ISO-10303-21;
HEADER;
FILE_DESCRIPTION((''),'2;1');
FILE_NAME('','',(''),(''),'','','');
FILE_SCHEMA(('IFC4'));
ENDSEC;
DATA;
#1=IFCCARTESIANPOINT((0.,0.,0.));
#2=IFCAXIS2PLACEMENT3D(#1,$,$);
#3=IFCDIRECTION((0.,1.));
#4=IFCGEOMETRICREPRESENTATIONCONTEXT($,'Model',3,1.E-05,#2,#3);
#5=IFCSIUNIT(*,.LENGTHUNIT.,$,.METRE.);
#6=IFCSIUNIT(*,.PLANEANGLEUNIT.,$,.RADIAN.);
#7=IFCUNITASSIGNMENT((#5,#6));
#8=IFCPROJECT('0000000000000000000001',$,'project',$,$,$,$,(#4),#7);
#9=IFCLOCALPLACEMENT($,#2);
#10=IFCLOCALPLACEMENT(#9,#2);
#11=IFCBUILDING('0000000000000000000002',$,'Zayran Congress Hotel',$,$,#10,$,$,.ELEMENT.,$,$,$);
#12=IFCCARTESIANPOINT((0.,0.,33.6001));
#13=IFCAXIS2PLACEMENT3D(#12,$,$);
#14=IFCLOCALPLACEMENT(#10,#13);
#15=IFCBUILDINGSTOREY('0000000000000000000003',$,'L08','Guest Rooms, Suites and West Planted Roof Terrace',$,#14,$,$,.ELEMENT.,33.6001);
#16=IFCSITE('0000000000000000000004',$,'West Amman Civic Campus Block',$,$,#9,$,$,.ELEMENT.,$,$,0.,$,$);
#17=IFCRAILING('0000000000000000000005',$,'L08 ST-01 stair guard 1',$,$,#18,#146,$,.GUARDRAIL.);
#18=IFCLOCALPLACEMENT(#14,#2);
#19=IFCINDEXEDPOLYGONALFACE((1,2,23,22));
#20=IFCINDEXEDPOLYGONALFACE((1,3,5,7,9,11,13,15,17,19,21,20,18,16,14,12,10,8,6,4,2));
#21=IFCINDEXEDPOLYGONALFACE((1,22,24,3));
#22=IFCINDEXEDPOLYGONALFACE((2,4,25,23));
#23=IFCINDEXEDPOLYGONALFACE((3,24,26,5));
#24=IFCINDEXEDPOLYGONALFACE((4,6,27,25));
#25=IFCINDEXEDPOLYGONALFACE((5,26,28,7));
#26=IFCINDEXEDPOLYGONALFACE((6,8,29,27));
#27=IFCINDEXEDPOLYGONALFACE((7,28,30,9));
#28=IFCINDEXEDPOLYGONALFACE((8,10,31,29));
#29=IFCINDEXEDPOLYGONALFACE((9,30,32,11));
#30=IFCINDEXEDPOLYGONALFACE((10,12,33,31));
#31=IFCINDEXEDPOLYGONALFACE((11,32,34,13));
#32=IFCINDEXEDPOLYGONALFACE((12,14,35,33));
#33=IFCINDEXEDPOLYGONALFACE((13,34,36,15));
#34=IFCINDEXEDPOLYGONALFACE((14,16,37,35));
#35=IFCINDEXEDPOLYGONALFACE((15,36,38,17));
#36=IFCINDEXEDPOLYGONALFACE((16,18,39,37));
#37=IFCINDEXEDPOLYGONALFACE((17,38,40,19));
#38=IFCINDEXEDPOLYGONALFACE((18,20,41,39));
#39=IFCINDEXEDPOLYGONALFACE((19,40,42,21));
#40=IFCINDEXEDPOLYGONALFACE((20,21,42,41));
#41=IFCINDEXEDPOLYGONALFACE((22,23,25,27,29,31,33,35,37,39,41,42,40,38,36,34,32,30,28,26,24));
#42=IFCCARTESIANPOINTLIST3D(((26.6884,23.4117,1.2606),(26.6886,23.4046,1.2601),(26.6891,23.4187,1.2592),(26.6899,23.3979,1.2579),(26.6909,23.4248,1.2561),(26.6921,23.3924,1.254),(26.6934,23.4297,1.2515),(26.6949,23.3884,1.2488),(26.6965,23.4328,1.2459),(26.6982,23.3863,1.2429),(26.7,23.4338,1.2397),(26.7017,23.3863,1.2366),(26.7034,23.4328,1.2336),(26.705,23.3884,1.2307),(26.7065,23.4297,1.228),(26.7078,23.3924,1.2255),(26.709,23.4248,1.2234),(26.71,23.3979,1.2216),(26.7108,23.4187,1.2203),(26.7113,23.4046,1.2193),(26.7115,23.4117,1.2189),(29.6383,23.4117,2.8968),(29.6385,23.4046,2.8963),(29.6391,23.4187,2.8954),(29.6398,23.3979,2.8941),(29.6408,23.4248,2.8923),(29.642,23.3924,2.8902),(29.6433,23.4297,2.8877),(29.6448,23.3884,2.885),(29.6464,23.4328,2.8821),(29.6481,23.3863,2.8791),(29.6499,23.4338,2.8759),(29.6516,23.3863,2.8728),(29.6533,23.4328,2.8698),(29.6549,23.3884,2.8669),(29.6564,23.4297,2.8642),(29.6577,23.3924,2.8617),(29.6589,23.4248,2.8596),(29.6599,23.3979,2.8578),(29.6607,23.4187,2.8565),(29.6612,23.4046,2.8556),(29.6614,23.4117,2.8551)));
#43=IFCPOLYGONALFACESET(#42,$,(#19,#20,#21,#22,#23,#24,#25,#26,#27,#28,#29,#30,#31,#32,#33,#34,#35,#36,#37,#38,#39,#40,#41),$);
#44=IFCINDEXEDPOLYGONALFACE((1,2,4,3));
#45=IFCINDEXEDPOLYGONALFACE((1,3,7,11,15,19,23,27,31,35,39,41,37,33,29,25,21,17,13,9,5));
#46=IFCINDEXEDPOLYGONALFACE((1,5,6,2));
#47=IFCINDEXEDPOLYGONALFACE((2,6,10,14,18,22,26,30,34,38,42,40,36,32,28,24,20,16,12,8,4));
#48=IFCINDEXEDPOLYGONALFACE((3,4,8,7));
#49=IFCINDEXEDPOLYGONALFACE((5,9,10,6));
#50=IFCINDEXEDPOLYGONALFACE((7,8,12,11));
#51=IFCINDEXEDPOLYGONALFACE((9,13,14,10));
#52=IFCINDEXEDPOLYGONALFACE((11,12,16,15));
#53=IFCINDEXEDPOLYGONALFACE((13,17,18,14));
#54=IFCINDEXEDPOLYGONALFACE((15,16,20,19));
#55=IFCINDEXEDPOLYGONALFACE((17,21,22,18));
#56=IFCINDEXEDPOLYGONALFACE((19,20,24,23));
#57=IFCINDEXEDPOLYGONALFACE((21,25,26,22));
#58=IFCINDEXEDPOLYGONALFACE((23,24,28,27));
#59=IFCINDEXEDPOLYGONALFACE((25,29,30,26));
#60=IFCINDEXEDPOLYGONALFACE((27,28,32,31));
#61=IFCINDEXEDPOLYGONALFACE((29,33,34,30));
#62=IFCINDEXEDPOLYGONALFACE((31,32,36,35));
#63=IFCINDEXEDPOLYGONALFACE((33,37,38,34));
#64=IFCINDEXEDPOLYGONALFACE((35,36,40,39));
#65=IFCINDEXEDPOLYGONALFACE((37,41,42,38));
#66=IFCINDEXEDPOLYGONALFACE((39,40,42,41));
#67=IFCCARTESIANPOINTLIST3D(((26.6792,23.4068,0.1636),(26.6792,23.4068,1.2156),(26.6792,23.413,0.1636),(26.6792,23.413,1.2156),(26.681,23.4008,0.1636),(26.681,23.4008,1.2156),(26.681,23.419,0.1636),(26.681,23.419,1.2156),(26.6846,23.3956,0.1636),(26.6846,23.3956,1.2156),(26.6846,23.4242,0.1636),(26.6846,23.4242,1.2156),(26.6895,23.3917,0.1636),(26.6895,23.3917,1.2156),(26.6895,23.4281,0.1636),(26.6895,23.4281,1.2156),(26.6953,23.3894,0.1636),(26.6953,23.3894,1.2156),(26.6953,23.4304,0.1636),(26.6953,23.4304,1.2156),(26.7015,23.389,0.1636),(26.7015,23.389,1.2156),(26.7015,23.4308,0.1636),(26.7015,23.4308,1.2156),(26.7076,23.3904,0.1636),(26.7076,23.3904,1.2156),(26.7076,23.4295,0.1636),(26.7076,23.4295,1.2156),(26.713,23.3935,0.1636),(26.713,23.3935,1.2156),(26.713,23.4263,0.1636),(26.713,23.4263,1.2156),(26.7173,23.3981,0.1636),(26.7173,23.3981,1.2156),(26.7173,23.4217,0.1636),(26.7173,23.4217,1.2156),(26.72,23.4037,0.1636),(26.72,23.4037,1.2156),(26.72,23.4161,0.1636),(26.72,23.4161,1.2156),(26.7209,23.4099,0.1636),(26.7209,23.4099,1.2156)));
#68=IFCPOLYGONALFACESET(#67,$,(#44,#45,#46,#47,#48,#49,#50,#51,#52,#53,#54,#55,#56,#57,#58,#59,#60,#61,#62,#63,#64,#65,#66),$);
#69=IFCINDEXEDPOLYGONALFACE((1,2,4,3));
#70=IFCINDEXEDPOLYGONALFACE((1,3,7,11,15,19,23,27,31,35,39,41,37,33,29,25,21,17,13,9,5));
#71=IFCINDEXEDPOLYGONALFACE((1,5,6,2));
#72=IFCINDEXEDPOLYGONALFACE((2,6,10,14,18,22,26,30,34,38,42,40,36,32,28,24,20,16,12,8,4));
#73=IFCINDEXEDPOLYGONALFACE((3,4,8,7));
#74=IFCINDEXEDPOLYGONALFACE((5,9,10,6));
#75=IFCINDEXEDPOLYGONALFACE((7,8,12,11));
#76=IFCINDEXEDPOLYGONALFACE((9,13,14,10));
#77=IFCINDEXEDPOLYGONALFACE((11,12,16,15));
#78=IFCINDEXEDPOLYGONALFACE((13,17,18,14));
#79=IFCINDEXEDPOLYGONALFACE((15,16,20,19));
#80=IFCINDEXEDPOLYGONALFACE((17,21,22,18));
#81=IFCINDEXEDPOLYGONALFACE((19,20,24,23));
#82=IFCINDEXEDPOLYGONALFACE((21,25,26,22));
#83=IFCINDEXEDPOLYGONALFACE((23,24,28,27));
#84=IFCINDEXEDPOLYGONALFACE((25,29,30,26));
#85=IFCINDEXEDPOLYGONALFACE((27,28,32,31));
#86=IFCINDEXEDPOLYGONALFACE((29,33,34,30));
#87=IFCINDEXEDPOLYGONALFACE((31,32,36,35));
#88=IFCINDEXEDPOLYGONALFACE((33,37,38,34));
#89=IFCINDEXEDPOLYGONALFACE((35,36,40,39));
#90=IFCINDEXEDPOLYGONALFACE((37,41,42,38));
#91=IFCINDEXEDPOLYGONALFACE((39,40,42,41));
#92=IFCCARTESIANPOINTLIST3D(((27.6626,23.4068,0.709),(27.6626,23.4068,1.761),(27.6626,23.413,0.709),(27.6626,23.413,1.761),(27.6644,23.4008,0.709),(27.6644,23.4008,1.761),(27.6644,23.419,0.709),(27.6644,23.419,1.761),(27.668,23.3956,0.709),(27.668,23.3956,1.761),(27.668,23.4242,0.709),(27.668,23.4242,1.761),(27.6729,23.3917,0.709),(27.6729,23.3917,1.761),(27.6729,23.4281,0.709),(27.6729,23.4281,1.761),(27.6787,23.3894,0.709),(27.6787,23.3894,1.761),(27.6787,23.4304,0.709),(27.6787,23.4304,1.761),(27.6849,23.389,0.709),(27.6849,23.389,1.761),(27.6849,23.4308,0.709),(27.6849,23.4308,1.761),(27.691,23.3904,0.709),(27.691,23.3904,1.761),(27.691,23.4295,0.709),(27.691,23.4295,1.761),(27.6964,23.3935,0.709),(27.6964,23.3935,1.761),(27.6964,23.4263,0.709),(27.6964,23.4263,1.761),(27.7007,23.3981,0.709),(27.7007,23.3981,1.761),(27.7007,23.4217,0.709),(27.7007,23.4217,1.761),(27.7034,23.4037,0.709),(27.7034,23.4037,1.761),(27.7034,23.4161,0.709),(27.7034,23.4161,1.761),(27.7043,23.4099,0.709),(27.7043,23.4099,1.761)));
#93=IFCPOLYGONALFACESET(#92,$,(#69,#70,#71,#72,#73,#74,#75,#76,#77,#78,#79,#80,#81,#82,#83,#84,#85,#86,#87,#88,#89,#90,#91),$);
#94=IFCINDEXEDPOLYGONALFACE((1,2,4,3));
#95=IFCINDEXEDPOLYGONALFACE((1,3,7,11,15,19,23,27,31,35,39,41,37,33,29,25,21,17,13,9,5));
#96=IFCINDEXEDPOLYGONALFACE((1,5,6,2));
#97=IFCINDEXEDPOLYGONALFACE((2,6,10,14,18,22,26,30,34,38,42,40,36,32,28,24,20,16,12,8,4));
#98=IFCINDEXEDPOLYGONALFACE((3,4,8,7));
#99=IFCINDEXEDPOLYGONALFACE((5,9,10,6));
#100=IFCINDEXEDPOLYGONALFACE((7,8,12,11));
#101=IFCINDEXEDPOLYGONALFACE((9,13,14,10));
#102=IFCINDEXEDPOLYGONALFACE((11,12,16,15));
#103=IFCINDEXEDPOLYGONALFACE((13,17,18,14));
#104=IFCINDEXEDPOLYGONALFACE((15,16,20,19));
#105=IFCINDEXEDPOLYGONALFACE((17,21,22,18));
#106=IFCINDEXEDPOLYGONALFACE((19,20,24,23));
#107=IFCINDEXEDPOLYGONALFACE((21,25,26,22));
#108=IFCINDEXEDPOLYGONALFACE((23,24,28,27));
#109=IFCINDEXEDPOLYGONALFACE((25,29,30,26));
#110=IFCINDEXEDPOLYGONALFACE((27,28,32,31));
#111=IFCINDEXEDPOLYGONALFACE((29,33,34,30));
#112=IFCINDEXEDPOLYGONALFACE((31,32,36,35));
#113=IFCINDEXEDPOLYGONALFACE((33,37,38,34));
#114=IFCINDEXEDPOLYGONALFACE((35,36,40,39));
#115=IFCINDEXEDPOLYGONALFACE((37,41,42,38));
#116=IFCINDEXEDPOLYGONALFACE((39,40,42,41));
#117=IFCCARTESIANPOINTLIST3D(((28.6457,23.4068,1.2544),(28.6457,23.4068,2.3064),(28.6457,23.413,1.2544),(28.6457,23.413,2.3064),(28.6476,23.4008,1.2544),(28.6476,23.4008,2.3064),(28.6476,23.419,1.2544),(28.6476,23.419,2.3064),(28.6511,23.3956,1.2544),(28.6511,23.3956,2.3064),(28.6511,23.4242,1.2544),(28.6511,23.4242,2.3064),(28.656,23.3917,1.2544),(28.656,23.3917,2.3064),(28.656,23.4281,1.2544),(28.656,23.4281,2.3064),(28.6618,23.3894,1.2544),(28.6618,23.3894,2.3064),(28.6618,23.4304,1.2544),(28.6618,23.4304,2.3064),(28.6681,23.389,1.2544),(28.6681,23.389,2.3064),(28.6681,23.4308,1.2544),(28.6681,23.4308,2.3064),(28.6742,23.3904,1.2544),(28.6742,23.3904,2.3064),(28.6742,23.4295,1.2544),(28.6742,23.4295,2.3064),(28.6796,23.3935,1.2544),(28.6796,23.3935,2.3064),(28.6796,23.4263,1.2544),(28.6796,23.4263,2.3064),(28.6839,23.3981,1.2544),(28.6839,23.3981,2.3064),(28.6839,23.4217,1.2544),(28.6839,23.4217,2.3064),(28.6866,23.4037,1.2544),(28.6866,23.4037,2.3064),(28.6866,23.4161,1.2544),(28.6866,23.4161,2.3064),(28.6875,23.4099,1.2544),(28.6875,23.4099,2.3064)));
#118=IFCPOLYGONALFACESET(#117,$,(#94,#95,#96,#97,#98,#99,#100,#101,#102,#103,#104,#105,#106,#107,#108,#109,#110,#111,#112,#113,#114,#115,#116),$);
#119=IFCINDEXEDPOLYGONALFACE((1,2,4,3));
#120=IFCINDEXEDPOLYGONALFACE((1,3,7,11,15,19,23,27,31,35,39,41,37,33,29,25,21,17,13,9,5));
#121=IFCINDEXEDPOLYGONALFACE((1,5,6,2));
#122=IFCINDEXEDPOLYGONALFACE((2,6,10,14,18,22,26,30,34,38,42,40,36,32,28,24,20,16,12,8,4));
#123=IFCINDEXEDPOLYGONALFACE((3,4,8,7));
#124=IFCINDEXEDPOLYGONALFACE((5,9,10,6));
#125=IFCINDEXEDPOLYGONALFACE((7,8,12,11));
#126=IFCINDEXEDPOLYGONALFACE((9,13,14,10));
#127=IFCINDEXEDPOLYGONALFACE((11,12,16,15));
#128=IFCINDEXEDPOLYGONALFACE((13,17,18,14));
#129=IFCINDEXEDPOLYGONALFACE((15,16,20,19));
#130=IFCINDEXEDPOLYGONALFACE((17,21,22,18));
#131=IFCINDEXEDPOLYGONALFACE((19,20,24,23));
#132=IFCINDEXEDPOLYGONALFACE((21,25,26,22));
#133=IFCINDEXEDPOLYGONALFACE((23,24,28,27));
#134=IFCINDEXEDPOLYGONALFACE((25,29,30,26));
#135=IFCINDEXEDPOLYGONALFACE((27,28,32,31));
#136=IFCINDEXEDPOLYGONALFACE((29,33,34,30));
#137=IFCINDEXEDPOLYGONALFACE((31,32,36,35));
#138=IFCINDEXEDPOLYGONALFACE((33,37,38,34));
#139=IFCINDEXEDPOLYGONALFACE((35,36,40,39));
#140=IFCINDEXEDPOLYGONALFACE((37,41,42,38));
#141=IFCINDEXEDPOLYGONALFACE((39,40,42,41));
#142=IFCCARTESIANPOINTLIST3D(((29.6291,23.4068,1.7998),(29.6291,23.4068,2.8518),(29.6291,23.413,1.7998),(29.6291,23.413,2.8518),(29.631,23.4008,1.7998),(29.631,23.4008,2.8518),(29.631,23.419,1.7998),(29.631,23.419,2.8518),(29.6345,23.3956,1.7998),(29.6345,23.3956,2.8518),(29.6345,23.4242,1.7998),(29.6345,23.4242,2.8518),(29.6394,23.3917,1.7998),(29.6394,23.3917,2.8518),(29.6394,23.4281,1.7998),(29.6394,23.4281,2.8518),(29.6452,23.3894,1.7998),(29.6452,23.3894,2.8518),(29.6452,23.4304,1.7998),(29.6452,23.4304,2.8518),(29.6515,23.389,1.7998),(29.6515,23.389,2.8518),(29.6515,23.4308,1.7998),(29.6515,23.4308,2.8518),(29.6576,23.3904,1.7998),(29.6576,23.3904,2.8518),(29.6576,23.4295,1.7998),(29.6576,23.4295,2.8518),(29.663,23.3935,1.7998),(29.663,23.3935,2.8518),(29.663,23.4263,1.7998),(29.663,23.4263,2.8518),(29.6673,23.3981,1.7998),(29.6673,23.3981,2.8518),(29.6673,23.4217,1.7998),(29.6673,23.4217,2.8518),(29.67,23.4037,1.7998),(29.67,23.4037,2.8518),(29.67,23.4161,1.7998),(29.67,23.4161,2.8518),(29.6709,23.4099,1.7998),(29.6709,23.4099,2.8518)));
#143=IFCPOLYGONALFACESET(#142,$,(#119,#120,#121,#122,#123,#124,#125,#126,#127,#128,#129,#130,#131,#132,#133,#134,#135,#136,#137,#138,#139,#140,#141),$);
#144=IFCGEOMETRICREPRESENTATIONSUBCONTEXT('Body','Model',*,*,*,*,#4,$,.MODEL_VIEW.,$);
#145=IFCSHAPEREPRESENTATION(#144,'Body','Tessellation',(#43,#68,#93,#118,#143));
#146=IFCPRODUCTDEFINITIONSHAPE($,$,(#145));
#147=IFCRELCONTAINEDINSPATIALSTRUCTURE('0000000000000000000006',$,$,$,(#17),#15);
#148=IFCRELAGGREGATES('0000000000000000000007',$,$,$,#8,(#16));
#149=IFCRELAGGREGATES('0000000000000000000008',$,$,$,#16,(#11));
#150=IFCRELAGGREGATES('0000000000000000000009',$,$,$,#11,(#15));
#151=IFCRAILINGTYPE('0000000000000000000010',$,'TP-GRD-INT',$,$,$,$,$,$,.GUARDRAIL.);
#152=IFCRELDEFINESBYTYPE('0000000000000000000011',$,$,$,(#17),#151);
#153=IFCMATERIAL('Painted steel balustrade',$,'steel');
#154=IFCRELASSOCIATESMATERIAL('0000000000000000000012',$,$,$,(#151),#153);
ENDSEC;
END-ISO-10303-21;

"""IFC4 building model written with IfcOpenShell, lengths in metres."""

from ifc_helpers import new_model, si_unit, direction, frame, origin, origin_2d, place, context, subcontext, project, spatial, circle, extrude, material, type_object, element, save


model = new_model("IFC4")

# Units and contexts
model_context = context("Model", 3, precision=1e-05, world=origin(), true_north=direction((0.0, 1.0)))
body_context = subcontext(model_context, "Body", "Model", "MODEL_VIEW")
ifc_project = project(units=[si_unit("LENGTHUNIT", "METRE"), si_unit("PLANEANGLEUNIT", "RADIAN")], contexts=[model_context])

# Site, building, storey
site_placement = place(None, origin())
site = spatial("IfcSite", under=ifc_project, at=site_placement, Name="West Amman Civic Campus Block", CompositionType="ELEMENT", RefElevation=0.0)
building_placement = place(site_placement, origin())
building = spatial("IfcBuilding", under=site, at=building_placement, Name="Zayran Congress Hotel", CompositionType="ELEMENT")
storey_placement = place(building_placement, frame((0.0, 0.0, 33.6001)))
storey = spatial("IfcBuildingStorey", under=building, at=storey_placement, Name="L08", Description="Guest Rooms, Suites and West Planted Roof Terrace", CompositionType="ELEMENT", Elevation=33.6001)

# Railing
ifc_material_1 = material(Name="Painted steel balustrade", Category="steel")
railing_type_1 = type_object("IfcRailingType", Name="TP-GRD-INT", PredefinedType="GUARDRAIL", material=ifc_material_1)
railing_1_placement = place(storey_placement, frame((26.7, 23.4099, 0.1636)))
element("IfcRailing", 1, at=railing_1_placement, inside=storey, type_object=railing_type_1, Name="L08 ST-01 stair guard 1", PredefinedType="GUARDRAIL", context=body_context, shape_type="SweptSolid", body=[
    extrude(circle(Radius=0.0239, at=origin_2d()), frame((0.0, 0.0, 1.0762), z_axis=(0.874488, 0.0, 0.485047), x_axis=(0.0, 1.0, 0.0)), (0.0, 0.0, 1.0), 3.3733),
    extrude(circle(Radius=0.021, at=origin_2d()), origin(), (0.0, 0.0, 1.0), 1.052),
    extrude(circle(Radius=0.021, at=origin_2d()), frame((0.9834, 0.0, 0.5454)), (0.0, 0.0, 1.0), 1.052),
    extrude(circle(Radius=0.021, at=origin_2d()), frame((1.9666, 0.0, 1.0908)), (0.0, 0.0, 1.0), 1.052),
    extrude(circle(Radius=0.021, at=origin_2d()), frame((2.95, 0.0, 1.6362)), (0.0, 0.0, 1.0), 1.052),
])

save(model, "model.ifc")
